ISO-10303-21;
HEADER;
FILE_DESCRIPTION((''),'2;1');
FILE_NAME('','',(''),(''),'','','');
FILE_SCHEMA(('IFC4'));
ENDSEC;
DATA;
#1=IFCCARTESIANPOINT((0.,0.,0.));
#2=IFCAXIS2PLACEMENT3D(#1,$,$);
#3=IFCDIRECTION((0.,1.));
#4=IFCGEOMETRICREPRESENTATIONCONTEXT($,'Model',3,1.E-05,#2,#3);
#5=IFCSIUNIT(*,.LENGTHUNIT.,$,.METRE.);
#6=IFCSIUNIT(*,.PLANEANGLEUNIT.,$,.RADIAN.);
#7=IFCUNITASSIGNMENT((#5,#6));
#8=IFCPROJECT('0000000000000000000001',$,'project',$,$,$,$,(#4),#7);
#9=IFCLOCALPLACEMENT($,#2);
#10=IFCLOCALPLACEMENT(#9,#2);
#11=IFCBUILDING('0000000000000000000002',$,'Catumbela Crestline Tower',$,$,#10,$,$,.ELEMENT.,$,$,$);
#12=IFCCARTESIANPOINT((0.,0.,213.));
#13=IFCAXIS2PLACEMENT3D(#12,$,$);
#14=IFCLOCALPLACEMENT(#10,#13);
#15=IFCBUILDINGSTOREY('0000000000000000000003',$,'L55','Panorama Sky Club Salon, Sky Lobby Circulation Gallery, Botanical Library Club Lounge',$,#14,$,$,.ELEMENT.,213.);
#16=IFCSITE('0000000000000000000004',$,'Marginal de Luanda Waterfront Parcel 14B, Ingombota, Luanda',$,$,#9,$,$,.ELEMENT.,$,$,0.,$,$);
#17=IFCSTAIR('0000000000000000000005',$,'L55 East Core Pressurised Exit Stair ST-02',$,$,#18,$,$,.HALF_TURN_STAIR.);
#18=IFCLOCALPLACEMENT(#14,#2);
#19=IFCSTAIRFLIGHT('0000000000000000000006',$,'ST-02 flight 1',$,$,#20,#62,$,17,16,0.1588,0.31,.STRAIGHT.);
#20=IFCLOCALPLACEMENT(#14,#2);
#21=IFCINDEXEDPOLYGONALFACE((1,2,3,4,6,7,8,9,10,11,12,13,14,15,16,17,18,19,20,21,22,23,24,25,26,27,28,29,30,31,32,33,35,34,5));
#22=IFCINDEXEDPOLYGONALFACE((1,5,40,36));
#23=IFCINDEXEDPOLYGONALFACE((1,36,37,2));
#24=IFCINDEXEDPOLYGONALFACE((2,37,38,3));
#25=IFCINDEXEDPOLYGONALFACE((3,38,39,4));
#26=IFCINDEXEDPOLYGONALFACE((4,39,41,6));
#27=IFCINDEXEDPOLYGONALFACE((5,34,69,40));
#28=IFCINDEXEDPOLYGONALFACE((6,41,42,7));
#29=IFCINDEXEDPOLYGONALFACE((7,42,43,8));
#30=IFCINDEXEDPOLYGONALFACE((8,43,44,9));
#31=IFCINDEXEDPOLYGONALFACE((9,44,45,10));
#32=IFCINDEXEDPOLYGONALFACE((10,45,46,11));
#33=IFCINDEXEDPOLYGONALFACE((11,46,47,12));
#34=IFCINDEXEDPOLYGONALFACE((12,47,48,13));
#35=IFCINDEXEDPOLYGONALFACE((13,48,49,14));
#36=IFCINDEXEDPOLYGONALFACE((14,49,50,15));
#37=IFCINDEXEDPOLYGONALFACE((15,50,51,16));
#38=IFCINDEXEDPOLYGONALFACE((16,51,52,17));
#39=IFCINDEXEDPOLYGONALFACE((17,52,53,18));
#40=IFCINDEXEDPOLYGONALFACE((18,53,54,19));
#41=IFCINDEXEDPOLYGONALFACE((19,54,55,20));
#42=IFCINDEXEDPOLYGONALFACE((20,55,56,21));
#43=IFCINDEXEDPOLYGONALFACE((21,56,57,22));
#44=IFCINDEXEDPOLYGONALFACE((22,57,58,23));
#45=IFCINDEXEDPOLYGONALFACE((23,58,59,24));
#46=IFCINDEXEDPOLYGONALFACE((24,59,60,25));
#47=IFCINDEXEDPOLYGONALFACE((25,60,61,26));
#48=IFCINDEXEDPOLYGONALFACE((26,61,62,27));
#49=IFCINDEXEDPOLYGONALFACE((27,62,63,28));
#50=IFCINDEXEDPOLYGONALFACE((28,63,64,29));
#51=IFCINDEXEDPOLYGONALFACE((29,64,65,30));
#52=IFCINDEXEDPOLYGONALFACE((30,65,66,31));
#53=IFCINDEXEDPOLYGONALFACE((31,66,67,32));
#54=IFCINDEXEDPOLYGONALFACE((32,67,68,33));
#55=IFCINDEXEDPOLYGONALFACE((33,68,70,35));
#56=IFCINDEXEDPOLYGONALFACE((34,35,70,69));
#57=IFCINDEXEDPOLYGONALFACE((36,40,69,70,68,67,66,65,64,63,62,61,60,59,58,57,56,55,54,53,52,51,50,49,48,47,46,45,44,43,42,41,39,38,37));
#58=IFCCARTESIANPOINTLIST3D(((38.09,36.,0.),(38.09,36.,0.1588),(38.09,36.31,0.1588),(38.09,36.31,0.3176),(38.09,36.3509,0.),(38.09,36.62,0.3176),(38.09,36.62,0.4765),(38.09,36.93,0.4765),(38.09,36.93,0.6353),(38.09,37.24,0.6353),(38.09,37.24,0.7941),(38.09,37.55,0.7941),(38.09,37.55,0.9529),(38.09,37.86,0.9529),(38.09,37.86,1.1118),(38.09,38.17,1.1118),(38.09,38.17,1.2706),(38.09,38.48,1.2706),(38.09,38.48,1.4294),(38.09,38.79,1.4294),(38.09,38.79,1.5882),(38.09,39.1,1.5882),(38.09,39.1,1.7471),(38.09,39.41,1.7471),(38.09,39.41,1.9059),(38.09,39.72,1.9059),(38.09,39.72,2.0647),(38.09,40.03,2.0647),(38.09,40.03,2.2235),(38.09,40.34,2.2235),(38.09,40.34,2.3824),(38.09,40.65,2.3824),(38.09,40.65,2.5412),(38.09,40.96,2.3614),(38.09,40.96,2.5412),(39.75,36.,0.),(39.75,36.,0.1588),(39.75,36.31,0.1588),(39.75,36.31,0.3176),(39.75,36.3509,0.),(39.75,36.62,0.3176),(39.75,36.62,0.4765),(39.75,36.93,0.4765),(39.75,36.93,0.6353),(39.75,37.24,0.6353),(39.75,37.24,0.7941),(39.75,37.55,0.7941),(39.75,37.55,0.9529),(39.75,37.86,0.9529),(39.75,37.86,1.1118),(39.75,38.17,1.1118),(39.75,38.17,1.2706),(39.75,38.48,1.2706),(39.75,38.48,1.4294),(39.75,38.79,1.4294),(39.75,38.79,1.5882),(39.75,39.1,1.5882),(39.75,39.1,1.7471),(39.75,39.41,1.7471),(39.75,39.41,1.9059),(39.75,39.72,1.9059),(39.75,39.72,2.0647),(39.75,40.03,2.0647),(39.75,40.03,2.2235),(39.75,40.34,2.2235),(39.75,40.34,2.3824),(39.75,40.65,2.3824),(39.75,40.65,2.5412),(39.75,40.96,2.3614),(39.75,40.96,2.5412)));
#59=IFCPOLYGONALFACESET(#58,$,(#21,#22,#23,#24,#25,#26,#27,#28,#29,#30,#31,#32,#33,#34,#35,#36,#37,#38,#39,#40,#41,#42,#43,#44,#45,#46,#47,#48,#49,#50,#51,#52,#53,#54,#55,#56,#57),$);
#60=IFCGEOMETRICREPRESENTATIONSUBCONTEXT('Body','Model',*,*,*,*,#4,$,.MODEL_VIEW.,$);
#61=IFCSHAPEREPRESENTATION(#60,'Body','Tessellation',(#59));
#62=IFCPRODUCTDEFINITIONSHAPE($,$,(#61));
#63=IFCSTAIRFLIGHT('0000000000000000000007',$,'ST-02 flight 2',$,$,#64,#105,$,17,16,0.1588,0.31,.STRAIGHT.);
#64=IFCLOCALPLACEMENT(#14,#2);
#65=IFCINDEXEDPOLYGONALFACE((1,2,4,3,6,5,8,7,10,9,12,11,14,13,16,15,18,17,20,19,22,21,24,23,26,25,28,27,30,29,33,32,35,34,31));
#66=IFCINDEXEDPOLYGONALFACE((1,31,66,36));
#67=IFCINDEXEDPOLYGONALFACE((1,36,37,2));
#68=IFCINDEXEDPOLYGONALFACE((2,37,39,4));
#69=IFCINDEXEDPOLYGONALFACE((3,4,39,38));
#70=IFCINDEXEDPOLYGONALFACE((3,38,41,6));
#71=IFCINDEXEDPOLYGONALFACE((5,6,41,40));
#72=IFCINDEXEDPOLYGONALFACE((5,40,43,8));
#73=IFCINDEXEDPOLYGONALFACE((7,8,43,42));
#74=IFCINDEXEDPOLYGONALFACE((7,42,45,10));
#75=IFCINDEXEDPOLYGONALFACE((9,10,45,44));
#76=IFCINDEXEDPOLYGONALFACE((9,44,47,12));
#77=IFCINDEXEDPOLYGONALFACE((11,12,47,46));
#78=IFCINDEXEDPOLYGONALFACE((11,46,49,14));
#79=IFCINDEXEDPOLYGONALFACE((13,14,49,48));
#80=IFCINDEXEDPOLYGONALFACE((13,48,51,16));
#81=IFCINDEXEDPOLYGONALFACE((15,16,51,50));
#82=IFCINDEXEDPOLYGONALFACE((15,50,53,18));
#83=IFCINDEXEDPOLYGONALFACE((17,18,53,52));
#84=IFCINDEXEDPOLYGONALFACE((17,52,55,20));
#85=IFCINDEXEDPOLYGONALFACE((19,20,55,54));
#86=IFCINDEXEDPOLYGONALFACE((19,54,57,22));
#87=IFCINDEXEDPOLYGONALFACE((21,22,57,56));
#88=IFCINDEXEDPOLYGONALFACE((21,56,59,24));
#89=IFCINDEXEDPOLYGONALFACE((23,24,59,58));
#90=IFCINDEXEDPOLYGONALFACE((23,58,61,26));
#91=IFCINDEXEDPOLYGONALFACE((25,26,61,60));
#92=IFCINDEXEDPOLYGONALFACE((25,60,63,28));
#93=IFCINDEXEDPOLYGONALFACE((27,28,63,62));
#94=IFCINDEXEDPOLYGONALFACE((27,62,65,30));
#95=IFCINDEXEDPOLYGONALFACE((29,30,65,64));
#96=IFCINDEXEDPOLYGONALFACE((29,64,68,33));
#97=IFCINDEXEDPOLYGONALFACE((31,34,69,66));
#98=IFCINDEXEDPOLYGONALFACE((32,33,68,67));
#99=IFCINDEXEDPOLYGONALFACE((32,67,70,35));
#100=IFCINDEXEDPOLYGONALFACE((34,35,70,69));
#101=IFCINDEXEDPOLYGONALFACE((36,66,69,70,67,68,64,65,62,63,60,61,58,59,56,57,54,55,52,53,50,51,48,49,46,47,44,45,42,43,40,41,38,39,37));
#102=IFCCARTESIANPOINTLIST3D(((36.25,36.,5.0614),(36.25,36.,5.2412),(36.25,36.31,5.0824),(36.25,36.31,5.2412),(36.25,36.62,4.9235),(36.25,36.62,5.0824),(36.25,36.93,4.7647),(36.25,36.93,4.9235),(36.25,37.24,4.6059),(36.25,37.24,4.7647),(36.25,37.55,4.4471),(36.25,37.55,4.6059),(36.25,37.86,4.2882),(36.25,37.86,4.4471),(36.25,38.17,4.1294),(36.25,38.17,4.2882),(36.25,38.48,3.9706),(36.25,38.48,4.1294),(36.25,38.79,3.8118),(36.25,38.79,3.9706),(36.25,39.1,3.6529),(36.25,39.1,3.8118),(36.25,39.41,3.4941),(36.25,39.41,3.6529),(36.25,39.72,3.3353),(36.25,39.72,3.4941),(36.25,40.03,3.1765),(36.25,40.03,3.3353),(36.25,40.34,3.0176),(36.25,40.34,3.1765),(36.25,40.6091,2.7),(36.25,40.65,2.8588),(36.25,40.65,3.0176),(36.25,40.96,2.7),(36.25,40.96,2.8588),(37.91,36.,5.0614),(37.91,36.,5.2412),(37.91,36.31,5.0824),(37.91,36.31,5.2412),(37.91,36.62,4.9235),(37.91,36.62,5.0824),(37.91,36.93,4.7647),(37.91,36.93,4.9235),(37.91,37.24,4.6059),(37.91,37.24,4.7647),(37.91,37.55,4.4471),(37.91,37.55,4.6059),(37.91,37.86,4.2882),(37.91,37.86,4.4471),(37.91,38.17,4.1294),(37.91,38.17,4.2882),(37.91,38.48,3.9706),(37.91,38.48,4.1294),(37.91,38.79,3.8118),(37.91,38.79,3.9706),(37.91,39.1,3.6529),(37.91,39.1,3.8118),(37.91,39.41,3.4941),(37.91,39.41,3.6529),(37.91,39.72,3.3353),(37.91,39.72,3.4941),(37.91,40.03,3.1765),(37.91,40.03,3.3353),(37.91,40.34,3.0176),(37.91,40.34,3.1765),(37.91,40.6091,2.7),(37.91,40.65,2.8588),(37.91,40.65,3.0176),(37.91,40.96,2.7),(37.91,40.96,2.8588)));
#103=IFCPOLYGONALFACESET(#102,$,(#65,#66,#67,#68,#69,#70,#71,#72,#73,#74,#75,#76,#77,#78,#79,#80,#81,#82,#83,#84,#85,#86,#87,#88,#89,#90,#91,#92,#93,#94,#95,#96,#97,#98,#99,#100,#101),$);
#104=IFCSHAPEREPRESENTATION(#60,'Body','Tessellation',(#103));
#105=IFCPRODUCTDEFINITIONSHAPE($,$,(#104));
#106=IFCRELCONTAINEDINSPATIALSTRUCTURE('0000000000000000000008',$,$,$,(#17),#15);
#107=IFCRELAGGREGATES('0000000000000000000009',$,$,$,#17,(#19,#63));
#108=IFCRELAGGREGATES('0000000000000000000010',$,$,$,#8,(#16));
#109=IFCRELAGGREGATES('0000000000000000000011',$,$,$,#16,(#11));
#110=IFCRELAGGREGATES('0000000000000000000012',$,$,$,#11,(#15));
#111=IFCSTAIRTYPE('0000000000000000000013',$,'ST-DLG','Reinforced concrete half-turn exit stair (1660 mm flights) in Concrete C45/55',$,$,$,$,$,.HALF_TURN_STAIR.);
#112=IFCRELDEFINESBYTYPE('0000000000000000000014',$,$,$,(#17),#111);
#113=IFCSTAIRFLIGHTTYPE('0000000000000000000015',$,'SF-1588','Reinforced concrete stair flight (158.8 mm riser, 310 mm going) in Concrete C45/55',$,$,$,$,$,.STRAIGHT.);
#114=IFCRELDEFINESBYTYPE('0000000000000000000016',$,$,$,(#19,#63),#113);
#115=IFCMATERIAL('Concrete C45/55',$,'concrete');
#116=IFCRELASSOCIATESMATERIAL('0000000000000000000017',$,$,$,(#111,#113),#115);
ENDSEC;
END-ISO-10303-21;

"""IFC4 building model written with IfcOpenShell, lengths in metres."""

from ifc_helpers import new_model, si_unit, direction, frame, origin, place, context, subcontext, project, spatial, polyline, outline, extrude, material, type_object, element, aggregate, save


model = new_model("IFC4")

# Units and contexts
model_context = context("Model", 3, precision=1e-05, world=origin(), true_north=direction((0.0, 1.0)))
body_context = subcontext(model_context, "Body", "Model", "MODEL_VIEW")
ifc_project = project(units=[si_unit("LENGTHUNIT", "METRE"), si_unit("PLANEANGLEUNIT", "RADIAN")], contexts=[model_context])

# Site, building, storey
site_placement = place(None, origin())
site = spatial("IfcSite", under=ifc_project, at=site_placement, Name="Marginal de Luanda Waterfront Parcel 14B, Ingombota, Luanda", CompositionType="ELEMENT", RefElevation=0.0)
building_placement = place(site_placement, origin())
building = spatial("IfcBuilding", under=site, at=building_placement, Name="Catumbela Crestline Tower", CompositionType="ELEMENT")
storey_placement = place(building_placement, frame((0.0, 0.0, 213.0)))
storey = spatial("IfcBuildingStorey", under=building, at=storey_placement, Name="L55", Description="Panorama Sky Club Salon, Sky Lobby Circulation Gallery, Botanical Library Club Lounge", CompositionType="ELEMENT", Elevation=213.0)

# Stair, stair flights
ifc_material_1 = material(Name="Concrete C45/55", Category="concrete")
stair_type = type_object("IfcStairType", Name="ST-DLG", Description="Reinforced concrete half-turn exit stair (1660 mm flights) in Concrete C45/55", PredefinedType="HALF_TURN_STAIR", material=ifc_material_1)
stair_placement = place(storey_placement, origin())
stair = element("IfcStair", 1, at=stair_placement, inside=storey, type_object=stair_type, Name="L55 East Core Pressurised Exit Stair ST-02", PredefinedType="HALF_TURN_STAIR")
stair_flight_type = type_object("IfcStairFlightType", Name="SF-1588", Description="Reinforced concrete stair flight (158.8 mm riser, 310 mm going) in Concrete C45/55", PredefinedType="STRAIGHT", material=ifc_material_1)
stair_flight_1_placement = place(storey_placement, frame((38.92, 36.0, 0.0), z_axis=(0.0, 0.0, 1.0), x_axis=(0.0, 1.0, 0.0)))
stair_flight_1 = element("IfcStairFlight", 2, at=stair_flight_1_placement, type_object=stair_flight_type, Name="ST-02 flight 1", NumberOfRisers=17, NumberOfTreads=16, PredefinedType="STRAIGHT", RiserHeight=0.1588, TreadLength=0.31, context=body_context, shape_type="SweptSolid", body=[
    extrude(outline(polyline([(0.0, 0.0), (0.0, 0.1588), (0.31, 0.1588), (0.31, 0.3176), (0.62, 0.3176), (0.62, 0.4765), (0.93, 0.4765), (0.93, 0.6353), (1.24, 0.6353), (1.24, 0.7941), (1.55, 0.7941), (1.55, 0.9529), (1.86, 0.9529), (1.86, 1.1118), (2.17, 1.1118), (2.17, 1.2706), (2.48, 1.2706), (2.48, 1.4294), (2.79, 1.4294), (2.79, 1.5882), (3.1, 1.5882), (3.1, 1.7471), (3.41, 1.7471), (3.41, 1.9059), (3.72, 1.9059), (3.72, 2.0647), (4.03, 2.0647), (4.03, 2.2235), (4.34, 2.2235), (4.34, 2.3824), (4.65, 2.3824), (4.65, 2.5412), (4.96, 2.5412), (4.96, 2.7), (4.96, 2.3614), (0.3509, 0.0), (0.0, 0.0)])), frame((0.0, 0.83, 0.0), z_axis=(0.0, -1.0, 0.0), x_axis=(1.0, 0.0, 0.0)), (0.0, 0.0, 1.0), 1.66),
])
stair_flight_2_placement = place(storey_placement, frame((37.08, 40.96, 2.7), z_axis=(0.0, 0.0, 1.0), x_axis=(0.0, -1.0, 0.0)))
stair_flight_2 = element("IfcStairFlight", 3, at=stair_flight_2_placement, type_object=stair_flight_type, Name="ST-02 flight 2", NumberOfRisers=17, NumberOfTreads=16, PredefinedType="STRAIGHT", RiserHeight=0.1588, TreadLength=0.31, context=body_context, shape_type="SweptSolid", body=[
    extrude(outline(polyline([(0.0, 0.0), (0.0, 0.1588), (0.31, 0.1588), (0.31, 0.3176), (0.62, 0.3176), (0.62, 0.4765), (0.93, 0.4765), (0.93, 0.6353), (1.24, 0.6353), (1.24, 0.7941), (1.55, 0.7941), (1.55, 0.9529), (1.86, 0.9529), (1.86, 1.1118), (2.17, 1.1118), (2.17, 1.2706), (2.48, 1.2706), (2.48, 1.4294), (2.79, 1.4294), (2.79, 1.5882), (3.1, 1.5882), (3.1, 1.7471), (3.41, 1.7471), (3.41, 1.9059), (3.72, 1.9059), (3.72, 2.0647), (4.03, 2.0647), (4.03, 2.2235), (4.34, 2.2235), (4.34, 2.3824), (4.65, 2.3824), (4.65, 2.5412), (4.96, 2.5412), (4.96, 2.7), (4.96, 2.3614), (0.3509, 0.0), (0.0, 0.0)])), frame((0.0, 0.83, 0.0), z_axis=(0.0, -1.0, 0.0), x_axis=(1.0, 0.0, 0.0)), (0.0, 0.0, 1.0), 1.66),
])
aggregate(stair, [stair_flight_1, stair_flight_2])

save(model, "model.ifc")
